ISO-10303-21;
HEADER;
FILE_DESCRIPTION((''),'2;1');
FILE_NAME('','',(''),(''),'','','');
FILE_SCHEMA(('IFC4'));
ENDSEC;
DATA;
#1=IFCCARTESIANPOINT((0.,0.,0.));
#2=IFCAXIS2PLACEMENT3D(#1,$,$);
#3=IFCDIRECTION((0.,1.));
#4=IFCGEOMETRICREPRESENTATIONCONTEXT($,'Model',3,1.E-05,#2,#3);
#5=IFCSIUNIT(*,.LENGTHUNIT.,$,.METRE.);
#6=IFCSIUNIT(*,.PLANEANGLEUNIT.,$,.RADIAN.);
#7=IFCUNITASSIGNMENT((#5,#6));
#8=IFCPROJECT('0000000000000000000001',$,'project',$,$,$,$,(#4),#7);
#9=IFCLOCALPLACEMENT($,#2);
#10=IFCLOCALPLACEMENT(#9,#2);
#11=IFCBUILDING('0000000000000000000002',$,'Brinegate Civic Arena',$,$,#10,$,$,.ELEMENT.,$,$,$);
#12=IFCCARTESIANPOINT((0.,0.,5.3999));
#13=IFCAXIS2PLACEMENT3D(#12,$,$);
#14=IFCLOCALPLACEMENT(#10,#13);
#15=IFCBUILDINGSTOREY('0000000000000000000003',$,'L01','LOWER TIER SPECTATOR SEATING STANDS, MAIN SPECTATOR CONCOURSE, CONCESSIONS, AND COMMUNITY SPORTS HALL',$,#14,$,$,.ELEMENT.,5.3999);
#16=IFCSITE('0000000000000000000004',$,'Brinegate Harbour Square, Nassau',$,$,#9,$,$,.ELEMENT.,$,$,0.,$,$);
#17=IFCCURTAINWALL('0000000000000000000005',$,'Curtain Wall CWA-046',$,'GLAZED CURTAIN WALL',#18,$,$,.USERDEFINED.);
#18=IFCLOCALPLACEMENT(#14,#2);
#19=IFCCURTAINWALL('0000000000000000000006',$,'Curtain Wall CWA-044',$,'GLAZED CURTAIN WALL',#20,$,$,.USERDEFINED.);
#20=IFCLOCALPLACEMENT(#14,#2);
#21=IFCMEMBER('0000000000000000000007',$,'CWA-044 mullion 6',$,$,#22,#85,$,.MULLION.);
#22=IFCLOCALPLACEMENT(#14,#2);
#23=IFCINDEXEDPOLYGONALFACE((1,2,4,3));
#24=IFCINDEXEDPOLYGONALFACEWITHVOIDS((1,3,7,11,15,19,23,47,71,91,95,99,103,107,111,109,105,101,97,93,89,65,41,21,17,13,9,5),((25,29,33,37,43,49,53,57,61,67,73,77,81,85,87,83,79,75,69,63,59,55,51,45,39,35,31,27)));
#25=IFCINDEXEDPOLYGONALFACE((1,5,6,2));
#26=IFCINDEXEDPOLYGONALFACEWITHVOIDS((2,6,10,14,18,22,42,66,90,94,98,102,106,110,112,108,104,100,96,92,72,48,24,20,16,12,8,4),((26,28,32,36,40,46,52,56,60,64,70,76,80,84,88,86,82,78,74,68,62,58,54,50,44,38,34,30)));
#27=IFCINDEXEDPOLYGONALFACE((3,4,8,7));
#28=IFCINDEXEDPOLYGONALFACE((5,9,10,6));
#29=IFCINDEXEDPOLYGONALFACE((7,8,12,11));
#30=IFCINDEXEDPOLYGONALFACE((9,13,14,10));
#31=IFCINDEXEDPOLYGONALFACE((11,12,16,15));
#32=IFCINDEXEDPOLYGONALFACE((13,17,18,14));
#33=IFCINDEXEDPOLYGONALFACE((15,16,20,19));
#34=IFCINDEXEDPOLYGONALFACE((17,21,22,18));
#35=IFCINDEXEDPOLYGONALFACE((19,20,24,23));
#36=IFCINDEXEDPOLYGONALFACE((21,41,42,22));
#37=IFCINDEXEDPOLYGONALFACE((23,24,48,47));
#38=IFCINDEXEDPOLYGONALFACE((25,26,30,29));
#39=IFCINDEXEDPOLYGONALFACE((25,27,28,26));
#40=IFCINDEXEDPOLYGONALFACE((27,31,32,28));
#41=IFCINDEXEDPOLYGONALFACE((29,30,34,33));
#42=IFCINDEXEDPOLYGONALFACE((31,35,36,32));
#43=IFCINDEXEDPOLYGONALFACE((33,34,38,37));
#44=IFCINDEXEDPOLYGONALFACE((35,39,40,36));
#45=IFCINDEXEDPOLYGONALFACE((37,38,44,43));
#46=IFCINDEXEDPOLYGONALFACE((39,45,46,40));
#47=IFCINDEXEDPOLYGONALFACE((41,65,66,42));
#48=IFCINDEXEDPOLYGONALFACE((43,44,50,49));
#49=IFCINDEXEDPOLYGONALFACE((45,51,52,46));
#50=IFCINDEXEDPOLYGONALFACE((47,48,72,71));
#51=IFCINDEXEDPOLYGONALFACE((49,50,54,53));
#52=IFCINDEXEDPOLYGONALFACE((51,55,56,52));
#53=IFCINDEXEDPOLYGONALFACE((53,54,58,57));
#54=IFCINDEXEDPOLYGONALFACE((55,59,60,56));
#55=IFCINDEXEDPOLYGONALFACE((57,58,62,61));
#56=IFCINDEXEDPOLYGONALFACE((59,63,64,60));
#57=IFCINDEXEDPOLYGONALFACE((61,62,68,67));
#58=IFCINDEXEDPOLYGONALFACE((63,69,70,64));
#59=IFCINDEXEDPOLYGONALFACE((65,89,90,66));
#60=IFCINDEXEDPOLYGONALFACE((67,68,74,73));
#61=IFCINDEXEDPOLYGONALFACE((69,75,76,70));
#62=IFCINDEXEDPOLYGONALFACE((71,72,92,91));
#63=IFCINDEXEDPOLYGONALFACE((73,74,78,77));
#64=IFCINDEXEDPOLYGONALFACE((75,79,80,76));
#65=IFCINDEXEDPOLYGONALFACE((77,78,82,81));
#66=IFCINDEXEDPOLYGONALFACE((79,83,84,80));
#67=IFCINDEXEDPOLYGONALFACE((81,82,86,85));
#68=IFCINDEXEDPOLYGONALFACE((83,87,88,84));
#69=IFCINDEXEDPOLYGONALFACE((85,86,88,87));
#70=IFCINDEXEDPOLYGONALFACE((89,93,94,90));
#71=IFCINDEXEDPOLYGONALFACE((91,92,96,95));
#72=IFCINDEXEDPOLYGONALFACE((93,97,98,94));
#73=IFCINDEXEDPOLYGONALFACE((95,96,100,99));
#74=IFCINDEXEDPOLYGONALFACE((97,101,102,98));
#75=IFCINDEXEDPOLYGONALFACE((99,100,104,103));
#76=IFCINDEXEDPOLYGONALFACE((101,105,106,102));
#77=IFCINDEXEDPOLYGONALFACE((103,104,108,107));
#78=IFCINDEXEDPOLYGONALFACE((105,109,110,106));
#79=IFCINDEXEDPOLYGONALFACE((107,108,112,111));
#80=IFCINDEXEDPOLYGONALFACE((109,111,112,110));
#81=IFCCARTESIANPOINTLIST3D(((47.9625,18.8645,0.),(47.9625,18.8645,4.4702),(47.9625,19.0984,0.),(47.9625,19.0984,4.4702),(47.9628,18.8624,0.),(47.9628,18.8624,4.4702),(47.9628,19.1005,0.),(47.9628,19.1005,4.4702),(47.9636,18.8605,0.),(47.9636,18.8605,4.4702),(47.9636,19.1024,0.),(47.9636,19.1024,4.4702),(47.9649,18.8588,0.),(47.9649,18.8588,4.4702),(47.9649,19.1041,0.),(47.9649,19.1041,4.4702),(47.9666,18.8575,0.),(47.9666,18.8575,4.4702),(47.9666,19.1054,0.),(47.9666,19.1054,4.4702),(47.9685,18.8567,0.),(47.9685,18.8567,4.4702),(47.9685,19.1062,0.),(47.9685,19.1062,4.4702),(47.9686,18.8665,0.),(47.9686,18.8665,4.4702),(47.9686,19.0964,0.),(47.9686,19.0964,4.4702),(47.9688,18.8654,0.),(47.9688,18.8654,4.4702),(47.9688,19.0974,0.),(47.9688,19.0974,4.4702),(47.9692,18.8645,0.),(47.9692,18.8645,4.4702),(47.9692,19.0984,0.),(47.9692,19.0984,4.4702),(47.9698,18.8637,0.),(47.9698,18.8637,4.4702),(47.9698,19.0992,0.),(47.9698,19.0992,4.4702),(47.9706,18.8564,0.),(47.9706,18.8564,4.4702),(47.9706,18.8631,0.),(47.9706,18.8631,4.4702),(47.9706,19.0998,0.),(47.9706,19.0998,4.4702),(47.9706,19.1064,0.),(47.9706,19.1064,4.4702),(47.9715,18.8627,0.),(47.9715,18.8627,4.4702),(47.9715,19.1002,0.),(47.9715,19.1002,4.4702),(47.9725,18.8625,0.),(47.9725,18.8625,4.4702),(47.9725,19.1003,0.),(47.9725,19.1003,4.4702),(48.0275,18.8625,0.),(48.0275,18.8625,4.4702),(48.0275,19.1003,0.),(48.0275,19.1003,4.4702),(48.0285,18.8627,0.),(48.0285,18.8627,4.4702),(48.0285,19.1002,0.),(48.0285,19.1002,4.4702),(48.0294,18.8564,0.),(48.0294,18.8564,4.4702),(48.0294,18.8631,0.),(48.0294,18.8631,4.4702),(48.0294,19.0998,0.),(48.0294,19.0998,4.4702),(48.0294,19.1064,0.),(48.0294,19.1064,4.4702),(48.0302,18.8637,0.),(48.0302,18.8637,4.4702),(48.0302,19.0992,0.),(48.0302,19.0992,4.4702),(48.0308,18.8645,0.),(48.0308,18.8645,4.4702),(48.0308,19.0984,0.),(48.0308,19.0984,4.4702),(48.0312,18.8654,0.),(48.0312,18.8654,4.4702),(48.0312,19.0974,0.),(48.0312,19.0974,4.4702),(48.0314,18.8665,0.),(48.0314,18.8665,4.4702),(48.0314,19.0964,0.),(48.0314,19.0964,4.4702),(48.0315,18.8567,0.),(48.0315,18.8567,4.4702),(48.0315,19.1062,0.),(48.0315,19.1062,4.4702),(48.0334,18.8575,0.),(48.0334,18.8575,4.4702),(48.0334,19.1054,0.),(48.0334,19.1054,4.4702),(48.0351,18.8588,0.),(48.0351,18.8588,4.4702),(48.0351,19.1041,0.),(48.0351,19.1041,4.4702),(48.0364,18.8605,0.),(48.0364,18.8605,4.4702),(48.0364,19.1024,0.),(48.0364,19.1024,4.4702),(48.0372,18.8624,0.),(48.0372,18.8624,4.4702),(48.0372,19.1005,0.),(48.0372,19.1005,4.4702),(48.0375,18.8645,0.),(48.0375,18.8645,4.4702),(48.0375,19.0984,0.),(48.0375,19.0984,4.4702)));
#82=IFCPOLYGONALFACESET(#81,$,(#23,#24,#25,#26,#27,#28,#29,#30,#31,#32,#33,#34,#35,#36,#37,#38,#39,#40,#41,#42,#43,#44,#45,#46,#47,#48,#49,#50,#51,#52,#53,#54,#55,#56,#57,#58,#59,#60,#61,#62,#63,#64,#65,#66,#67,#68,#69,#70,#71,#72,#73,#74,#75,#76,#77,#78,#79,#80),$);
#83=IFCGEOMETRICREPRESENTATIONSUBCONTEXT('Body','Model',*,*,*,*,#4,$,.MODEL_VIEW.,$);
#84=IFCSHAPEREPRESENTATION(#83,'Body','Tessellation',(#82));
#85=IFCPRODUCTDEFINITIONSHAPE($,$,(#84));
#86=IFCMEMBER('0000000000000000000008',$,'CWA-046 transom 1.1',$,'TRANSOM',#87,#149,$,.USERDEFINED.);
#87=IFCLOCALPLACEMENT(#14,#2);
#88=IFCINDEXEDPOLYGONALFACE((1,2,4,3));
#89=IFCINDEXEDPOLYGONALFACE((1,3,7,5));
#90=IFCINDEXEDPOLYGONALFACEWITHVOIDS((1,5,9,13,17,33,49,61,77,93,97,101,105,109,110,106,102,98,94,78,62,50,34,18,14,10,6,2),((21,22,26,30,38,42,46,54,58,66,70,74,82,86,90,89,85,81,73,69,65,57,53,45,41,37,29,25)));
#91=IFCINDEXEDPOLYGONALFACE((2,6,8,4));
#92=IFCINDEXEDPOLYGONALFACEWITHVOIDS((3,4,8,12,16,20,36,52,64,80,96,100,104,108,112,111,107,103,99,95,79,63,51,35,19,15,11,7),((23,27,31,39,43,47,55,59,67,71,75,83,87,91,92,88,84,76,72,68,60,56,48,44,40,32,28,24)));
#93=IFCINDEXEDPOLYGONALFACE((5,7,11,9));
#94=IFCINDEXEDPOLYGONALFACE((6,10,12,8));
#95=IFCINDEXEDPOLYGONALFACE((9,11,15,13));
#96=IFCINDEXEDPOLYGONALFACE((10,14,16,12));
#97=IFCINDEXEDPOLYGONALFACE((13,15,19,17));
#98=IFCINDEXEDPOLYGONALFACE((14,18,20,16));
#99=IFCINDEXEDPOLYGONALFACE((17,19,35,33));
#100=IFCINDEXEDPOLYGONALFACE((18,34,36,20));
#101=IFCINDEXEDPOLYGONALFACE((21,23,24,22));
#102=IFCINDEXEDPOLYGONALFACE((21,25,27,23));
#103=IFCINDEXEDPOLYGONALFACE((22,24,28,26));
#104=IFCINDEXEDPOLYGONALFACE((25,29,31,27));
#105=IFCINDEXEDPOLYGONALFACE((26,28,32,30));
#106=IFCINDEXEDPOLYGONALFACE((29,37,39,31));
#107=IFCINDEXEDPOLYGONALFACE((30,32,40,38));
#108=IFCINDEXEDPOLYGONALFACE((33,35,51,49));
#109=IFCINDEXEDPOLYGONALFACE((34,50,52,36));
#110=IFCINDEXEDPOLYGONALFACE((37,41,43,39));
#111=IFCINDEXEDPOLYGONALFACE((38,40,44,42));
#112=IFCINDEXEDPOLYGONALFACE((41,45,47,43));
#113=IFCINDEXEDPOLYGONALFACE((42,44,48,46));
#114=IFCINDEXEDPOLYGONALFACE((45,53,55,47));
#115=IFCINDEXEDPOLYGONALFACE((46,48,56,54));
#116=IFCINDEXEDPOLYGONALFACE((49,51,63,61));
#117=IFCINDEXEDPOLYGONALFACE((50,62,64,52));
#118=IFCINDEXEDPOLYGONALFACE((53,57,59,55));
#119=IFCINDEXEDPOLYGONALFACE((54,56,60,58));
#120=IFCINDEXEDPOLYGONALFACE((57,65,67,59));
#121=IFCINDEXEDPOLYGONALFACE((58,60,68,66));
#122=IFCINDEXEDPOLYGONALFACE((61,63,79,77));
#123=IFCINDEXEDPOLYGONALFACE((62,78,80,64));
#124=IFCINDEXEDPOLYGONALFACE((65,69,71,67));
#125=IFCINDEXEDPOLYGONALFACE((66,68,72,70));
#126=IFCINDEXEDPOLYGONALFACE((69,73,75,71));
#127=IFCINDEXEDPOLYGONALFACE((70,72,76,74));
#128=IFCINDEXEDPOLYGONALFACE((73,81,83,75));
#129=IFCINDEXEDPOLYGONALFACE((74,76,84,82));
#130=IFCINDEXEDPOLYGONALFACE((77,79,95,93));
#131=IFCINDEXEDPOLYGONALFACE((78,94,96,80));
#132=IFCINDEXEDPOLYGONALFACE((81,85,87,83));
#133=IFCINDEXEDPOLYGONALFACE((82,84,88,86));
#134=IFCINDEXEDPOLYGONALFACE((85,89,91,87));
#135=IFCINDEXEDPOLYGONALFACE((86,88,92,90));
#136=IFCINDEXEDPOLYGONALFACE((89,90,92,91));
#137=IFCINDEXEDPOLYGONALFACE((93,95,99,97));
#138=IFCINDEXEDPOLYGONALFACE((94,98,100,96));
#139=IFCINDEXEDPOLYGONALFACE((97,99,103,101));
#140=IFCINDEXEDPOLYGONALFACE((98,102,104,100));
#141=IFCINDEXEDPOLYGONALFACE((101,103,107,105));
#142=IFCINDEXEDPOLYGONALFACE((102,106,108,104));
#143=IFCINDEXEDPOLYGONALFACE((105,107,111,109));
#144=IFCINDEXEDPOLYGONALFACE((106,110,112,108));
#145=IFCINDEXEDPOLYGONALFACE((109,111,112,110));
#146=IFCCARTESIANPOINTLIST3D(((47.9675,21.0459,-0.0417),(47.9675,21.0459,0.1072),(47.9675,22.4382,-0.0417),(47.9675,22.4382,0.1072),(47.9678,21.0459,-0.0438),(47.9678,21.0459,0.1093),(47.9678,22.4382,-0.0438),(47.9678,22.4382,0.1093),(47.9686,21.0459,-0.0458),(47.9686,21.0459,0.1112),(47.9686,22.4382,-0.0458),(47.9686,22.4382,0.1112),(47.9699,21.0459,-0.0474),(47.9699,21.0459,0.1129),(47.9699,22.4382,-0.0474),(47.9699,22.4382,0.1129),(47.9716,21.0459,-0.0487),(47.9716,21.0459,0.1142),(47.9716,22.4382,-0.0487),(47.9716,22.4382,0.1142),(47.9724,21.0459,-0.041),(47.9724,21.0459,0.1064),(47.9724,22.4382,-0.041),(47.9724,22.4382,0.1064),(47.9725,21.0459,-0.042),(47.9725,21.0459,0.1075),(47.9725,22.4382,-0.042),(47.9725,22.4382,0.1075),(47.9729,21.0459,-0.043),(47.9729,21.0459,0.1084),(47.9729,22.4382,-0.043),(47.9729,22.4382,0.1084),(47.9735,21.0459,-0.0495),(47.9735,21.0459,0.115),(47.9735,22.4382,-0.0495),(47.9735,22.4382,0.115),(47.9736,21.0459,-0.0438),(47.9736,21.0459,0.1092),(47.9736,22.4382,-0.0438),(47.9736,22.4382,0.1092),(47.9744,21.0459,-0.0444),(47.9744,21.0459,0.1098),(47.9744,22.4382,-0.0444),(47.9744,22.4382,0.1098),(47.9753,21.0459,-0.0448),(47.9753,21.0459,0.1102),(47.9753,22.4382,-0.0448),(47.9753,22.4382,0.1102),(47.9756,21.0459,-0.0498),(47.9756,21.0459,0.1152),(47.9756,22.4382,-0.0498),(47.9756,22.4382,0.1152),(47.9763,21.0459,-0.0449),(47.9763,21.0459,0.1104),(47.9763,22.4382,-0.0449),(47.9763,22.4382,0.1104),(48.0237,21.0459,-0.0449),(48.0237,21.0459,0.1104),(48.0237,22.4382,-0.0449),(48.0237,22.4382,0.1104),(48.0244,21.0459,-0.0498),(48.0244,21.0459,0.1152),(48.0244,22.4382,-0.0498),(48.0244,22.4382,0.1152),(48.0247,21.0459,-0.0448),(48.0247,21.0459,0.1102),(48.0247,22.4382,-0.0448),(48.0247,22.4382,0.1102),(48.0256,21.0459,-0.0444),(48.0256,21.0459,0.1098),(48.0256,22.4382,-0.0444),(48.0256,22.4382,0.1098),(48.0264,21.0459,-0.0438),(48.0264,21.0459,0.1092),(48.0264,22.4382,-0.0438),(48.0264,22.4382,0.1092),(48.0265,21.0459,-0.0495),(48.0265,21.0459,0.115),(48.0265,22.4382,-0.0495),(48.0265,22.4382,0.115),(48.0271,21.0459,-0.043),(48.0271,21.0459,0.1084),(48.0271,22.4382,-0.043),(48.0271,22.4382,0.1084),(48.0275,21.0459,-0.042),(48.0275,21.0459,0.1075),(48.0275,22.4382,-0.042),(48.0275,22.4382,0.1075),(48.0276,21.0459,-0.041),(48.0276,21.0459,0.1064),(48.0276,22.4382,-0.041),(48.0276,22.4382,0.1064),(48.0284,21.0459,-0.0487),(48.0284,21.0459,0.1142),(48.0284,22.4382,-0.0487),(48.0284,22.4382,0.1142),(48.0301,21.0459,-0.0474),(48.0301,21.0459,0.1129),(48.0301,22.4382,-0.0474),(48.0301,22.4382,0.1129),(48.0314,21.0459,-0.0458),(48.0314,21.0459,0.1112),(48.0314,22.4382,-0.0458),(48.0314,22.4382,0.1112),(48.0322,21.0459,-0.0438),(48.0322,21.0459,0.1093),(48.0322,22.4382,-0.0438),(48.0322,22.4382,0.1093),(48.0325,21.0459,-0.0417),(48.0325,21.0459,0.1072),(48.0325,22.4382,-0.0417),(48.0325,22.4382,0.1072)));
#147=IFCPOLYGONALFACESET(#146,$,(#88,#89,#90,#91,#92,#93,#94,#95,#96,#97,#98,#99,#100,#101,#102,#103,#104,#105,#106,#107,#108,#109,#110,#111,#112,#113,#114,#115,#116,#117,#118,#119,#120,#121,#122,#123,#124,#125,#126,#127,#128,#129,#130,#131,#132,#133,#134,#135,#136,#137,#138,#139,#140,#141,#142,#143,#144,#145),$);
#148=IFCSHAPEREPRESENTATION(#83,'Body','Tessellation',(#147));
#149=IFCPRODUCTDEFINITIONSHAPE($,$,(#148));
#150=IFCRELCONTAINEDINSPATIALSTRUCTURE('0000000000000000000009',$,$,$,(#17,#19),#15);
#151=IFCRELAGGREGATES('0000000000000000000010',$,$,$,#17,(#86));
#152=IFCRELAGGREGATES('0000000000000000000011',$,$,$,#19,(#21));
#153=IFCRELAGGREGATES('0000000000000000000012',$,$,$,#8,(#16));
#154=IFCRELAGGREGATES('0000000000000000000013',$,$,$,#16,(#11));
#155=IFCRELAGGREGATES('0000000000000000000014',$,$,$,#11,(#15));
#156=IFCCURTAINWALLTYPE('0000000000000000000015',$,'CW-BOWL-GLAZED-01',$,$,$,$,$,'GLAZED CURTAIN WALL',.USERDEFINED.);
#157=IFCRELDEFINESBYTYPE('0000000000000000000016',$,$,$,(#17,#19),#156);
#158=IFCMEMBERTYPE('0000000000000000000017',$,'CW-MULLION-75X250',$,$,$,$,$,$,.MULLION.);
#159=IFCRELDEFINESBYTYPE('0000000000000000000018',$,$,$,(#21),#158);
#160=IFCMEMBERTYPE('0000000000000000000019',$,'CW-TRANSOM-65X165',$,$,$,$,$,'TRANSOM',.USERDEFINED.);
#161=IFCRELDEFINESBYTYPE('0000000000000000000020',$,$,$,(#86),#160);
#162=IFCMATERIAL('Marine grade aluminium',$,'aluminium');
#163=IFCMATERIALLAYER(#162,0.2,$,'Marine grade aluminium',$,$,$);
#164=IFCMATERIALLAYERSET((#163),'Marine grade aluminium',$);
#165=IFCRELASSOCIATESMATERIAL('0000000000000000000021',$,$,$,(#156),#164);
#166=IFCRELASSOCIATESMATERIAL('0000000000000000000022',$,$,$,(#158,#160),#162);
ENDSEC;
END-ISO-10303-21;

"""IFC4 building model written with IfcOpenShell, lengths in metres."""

from ifc_helpers import new_model, si_unit, direction, frame, origin, origin_2d, place, context, subcontext, project, spatial, hollow_rectangle, extrude, material, layer, layer_set, material_profile, profile_set, type_object, element, aggregate, save


model = new_model("IFC4")

# Units and contexts
model_context = context("Model", 3, precision=1e-05, world=origin(), true_north=direction((0.0, 1.0)))
body_context = subcontext(model_context, "Body", "Model", "MODEL_VIEW")
ifc_project = project(units=[si_unit("LENGTHUNIT", "METRE"), si_unit("PLANEANGLEUNIT", "RADIAN")], contexts=[model_context])

# Site, building, storey
site_placement = place(None, origin())
site = spatial("IfcSite", under=ifc_project, at=site_placement, Name="Brinegate Harbour Square, Nassau", CompositionType="ELEMENT", RefElevation=0.0)
building_placement = place(site_placement, origin())
building = spatial("IfcBuilding", under=site, at=building_placement, Name="Brinegate Civic Arena", CompositionType="ELEMENT")
storey_placement = place(building_placement, frame((0.0, 0.0, 5.3999)))
storey = spatial("IfcBuildingStorey", under=building, at=storey_placement, Name="L01", Description="LOWER TIER SPECTATOR SEATING STANDS, MAIN SPECTATOR CONCOURSE, CONCESSIONS, AND COMMUNITY SPORTS HALL", CompositionType="ELEMENT", Elevation=5.3999)

# Curtain walls, member
ifc_material_1 = material(Name="Marine grade aluminium", Category="aluminium")
ifc_layer_1 = layer(ifc_material_1, 0.2, Name="Marine grade aluminium")
ifc_layer_set_1 = layer_set([ifc_layer_1], Name="Marine grade aluminium")
curtain_wall_type = type_object("IfcCurtainWallType", Name="CW-BOWL-GLAZED-01", ElementType="GLAZED CURTAIN WALL", PredefinedType="USERDEFINED", material=ifc_layer_set_1)
curtain_wall_1_placement = place(storey_placement, origin())
curtain_wall_1 = element("IfcCurtainWall", 1, at=curtain_wall_1_placement, inside=storey, type_object=curtain_wall_type, Name="Curtain Wall CWA-046", ObjectType="GLAZED CURTAIN WALL", PredefinedType="USERDEFINED")
curtain_wall_2_placement = place(storey_placement, origin())
curtain_wall_2 = element("IfcCurtainWall", 2, at=curtain_wall_2_placement, inside=storey, type_object=curtain_wall_type, Name="Curtain Wall CWA-044", ObjectType="GLAZED CURTAIN WALL", PredefinedType="USERDEFINED")
ifc_material_profile_1 = material_profile(ifc_material_1, hollow_rectangle(XDim=0.075, YDim=0.25, WallThickness=0.0061, InnerFilletRadius=0.0039, OuterFilletRadius=0.0081, at=origin_2d()), Name="MUL75X250")
ifc_profile_set_1 = profile_set([ifc_material_profile_1], Name="Marine grade aluminium")
member_type_1 = type_object("IfcMemberType", Name="CW-MULLION-75X250", PredefinedType="MULLION", material=ifc_profile_set_1)
member_1_placement = place(storey_placement, frame((48.0, 18.9814, 0.0), z_axis=(0.0, 0.0, 1.0), x_axis=(-1.0, 0.0, 0.0)))
member_1 = element("IfcMember", 3, at=member_1_placement, type_object=member_type_1, Name="CWA-044 mullion 6", PredefinedType="MULLION", context=body_context, shape_type="SweptSolid", body=[
    extrude(hollow_rectangle(XDim=0.075, YDim=0.25, WallThickness=0.0061, InnerFilletRadius=0.0039, OuterFilletRadius=0.0081, at=origin_2d()), origin(), (0.0, 0.0, 1.0), 4.4702),
])

# Member
ifc_material_profile_2 = material_profile(ifc_material_1, hollow_rectangle(XDim=0.0649, YDim=0.165, WallThickness=0.0049, InnerFilletRadius=0.0039, OuterFilletRadius=0.0081, at=origin_2d()), Name="TRN65X165")
ifc_profile_set_2 = profile_set([ifc_material_profile_2], Name="Marine grade aluminium")
member_type_2 = type_object("IfcMemberType", Name="CW-TRANSOM-65X165", ElementType="TRANSOM", PredefinedType="USERDEFINED", material=ifc_profile_set_2)
member_2_placement = place(storey_placement, frame((48.0, 21.0459, 0.0327), z_axis=(0.0, 1.0, 0.0), x_axis=(-1.0, 0.0, 0.0)))
member_2 = element("IfcMember", 4, at=member_2_placement, type_object=member_type_2, Name="CWA-046 transom 1.1", ObjectType="TRANSOM", PredefinedType="USERDEFINED", context=body_context, shape_type="SweptSolid", body=[
    extrude(hollow_rectangle(XDim=0.0649, YDim=0.165, WallThickness=0.0049, InnerFilletRadius=0.0039, OuterFilletRadius=0.0081, at=origin_2d()), origin(), (0.0, 0.0, 1.0), 1.3923),
])

aggregate(curtain_wall_1, [member_2])
aggregate(curtain_wall_2, [member_1])

save(model, "model.ifc")
